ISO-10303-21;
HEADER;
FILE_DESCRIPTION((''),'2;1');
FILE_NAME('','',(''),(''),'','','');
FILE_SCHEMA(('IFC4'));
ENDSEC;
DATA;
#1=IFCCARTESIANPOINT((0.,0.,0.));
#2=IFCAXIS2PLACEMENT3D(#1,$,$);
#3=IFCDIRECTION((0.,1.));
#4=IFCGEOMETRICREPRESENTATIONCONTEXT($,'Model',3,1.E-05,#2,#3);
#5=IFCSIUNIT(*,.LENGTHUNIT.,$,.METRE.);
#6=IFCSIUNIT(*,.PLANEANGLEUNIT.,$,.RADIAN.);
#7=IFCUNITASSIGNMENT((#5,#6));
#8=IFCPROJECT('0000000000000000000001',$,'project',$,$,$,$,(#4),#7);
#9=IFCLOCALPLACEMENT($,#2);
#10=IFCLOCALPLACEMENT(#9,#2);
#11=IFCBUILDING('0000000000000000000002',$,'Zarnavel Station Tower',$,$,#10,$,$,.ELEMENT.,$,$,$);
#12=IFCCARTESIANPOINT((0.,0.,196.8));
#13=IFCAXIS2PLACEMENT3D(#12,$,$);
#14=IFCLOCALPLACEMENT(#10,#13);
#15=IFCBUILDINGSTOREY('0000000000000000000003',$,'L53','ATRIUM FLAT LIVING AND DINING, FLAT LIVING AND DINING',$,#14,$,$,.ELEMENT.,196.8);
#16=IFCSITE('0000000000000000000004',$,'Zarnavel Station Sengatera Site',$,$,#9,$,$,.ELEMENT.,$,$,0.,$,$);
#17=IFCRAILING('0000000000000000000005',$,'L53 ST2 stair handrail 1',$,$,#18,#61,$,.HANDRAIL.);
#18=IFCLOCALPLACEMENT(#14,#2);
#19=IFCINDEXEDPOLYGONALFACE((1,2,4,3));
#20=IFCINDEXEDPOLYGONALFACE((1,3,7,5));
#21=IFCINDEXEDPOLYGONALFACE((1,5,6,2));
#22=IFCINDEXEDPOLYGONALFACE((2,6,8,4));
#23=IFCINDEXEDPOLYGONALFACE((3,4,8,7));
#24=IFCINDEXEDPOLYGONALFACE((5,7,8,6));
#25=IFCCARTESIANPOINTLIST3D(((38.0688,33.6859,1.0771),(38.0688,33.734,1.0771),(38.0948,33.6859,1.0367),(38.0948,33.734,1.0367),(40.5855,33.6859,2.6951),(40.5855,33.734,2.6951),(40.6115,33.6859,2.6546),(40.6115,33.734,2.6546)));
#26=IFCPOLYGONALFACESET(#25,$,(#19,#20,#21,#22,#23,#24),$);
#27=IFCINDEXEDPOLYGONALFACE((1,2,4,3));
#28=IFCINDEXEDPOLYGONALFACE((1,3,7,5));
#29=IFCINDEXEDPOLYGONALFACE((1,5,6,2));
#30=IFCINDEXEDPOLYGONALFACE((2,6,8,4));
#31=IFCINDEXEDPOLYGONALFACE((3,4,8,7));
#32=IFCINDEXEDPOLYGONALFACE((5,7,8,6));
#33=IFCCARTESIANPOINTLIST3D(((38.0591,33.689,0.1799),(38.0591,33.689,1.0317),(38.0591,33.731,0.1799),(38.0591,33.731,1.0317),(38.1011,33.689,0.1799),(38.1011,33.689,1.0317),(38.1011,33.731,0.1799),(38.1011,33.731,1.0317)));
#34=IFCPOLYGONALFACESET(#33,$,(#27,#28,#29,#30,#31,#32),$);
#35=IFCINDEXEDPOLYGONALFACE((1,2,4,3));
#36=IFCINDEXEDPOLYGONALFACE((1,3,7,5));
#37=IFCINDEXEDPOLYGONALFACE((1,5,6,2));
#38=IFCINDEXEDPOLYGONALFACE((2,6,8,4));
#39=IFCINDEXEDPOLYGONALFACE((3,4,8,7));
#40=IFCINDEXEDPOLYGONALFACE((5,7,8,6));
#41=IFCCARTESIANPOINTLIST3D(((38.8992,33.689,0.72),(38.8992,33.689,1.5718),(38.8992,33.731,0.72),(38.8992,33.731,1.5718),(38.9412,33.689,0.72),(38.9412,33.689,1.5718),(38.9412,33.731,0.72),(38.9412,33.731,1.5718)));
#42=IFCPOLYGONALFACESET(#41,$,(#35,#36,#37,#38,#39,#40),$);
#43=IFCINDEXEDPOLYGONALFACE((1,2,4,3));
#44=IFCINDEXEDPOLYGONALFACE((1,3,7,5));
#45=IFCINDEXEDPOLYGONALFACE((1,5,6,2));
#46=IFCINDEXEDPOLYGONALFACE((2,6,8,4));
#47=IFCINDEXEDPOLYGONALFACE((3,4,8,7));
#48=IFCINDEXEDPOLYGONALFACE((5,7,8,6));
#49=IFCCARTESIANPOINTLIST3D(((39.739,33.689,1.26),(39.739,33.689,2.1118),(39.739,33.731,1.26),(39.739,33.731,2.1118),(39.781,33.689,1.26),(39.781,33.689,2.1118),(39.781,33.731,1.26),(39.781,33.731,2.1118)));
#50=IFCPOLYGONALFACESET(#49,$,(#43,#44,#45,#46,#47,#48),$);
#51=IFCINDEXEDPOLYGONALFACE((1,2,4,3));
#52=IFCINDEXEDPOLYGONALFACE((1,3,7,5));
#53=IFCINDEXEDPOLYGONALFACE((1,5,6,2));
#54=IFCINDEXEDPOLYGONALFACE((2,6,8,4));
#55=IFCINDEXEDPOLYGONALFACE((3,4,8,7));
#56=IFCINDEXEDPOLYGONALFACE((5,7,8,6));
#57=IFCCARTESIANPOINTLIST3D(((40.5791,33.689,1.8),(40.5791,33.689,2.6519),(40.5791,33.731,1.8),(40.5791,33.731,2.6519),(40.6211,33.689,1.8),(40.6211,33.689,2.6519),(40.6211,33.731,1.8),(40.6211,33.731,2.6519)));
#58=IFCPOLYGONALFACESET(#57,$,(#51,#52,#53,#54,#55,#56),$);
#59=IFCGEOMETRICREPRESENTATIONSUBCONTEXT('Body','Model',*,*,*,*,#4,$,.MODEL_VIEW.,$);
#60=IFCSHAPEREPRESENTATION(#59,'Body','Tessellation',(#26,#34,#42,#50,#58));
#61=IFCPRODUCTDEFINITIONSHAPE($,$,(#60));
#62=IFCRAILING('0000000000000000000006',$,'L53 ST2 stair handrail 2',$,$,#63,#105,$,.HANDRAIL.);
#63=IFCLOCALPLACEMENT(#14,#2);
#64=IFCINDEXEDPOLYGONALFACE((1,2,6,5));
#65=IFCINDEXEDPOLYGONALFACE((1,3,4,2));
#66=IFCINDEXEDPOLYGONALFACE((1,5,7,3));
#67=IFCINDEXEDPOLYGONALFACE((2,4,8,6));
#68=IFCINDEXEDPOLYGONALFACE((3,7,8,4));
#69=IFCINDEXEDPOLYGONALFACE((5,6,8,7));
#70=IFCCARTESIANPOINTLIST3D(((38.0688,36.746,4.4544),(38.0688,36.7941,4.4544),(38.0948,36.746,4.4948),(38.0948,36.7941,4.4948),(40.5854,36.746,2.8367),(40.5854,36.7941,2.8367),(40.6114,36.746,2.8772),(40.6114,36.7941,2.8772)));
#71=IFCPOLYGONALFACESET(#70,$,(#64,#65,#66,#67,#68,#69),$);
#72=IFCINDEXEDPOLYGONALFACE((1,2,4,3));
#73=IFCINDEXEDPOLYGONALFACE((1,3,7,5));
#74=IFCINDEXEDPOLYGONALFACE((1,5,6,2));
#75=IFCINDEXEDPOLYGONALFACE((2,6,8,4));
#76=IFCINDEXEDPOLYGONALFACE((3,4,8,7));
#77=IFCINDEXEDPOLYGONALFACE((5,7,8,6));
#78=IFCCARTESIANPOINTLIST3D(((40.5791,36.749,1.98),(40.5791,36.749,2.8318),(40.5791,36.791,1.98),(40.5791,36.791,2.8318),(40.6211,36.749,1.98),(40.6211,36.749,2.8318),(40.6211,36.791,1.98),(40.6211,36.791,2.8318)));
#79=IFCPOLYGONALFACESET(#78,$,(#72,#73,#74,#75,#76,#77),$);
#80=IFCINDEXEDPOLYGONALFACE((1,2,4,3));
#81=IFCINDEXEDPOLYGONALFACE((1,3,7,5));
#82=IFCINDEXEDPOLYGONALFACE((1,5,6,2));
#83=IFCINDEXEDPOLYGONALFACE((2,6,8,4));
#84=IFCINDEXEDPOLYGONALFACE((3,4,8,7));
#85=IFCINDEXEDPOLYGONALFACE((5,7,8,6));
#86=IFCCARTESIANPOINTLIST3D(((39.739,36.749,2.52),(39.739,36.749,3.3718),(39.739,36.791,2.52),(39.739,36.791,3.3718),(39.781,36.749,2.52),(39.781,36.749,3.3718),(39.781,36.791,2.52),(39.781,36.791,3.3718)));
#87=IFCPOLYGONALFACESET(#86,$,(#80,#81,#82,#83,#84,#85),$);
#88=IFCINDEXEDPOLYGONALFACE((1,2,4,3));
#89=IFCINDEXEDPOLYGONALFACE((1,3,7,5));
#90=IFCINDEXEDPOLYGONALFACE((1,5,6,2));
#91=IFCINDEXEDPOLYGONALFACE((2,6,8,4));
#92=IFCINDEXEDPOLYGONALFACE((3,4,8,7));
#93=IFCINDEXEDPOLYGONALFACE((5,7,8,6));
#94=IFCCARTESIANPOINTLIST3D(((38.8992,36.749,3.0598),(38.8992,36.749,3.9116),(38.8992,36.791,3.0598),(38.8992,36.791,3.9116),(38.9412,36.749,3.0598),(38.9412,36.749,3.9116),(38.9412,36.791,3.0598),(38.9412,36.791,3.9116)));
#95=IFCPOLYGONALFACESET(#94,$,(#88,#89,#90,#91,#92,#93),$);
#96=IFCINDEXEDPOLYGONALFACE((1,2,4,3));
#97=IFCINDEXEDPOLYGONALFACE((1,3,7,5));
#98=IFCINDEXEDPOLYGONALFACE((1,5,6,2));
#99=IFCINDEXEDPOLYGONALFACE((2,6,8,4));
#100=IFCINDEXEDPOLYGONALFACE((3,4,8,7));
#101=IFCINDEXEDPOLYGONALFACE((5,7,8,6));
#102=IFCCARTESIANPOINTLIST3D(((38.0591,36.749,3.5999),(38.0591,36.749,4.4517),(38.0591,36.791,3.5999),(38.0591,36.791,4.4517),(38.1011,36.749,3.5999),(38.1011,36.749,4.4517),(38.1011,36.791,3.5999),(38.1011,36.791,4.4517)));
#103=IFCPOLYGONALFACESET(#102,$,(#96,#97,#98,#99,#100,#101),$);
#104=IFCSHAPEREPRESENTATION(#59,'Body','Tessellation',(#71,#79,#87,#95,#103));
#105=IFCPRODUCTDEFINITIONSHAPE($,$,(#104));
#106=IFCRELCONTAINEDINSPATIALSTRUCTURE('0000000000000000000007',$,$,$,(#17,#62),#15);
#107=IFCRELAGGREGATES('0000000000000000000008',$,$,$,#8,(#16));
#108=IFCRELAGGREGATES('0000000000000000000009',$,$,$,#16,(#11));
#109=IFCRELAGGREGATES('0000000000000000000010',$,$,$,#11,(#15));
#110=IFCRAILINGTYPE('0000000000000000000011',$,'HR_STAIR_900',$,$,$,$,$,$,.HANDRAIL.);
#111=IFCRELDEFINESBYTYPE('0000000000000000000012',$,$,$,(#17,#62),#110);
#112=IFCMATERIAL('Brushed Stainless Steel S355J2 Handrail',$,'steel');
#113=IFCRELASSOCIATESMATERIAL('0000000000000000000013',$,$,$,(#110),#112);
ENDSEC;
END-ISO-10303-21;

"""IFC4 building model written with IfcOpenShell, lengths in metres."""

from ifc_helpers import new_model, si_unit, direction, frame, origin, origin_2d, place, context, subcontext, project, spatial, rectangle, extrude, material, type_object, element, save


model = new_model("IFC4")

# Units and contexts
model_context = context("Model", 3, precision=1e-05, world=origin(), true_north=direction((0.0, 1.0)))
body_context = subcontext(model_context, "Body", "Model", "MODEL_VIEW")
ifc_project = project(units=[si_unit("LENGTHUNIT", "METRE"), si_unit("PLANEANGLEUNIT", "RADIAN")], contexts=[model_context])

# Site, building, storey
site_placement = place(None, origin())
site = spatial("IfcSite", under=ifc_project, at=site_placement, Name="Zarnavel Station Sengatera Site", CompositionType="ELEMENT", RefElevation=0.0)
building_placement = place(site_placement, origin())
building = spatial("IfcBuilding", under=site, at=building_placement, Name="Zarnavel Station Tower", CompositionType="ELEMENT")
storey_placement = place(building_placement, frame((0.0, 0.0, 196.8)))
storey = spatial("IfcBuildingStorey", under=building, at=storey_placement, Name="L53", Description="ATRIUM FLAT LIVING AND DINING, FLAT LIVING AND DINING", CompositionType="ELEMENT", Elevation=196.8)

# Railings
ifc_material_1 = material(Name="Brushed Stainless Steel S355J2 Handrail", Category="steel")
railing_type_1 = type_object("IfcRailingType", Name="HR_STAIR_900", PredefinedType="HANDRAIL", material=ifc_material_1)
railing_1_placement = place(storey_placement, frame((38.0801, 33.71, 0.1799)))
element("IfcRailing", 1, at=railing_1_placement, inside=storey, type_object=railing_type_1, Name="L53 ST2 stair handrail 1", PredefinedType="HANDRAIL", context=body_context, shape_type="SweptSolid", body=[
    extrude(rectangle(XDim=0.0481, YDim=0.0481, at=origin_2d()), frame((0.0017, 0.0, 0.877), z_axis=(0.841163, 0.0, 0.540782), x_axis=(0.0, 1.0, 0.0)), (0.0, 0.0, 1.0), 2.9919),
    extrude(rectangle(XDim=0.042, YDim=0.042, at=origin_2d()), origin(), (0.0, 0.0, 1.0), 0.8518),
    extrude(rectangle(XDim=0.042, YDim=0.042, at=origin_2d()), frame((0.8401, 0.0, 0.54)), (0.0, 0.0, 1.0), 0.8518),
    extrude(rectangle(XDim=0.042, YDim=0.042, at=origin_2d()), frame((1.6799, 0.0, 1.0801)), (0.0, 0.0, 1.0), 0.8518),
    extrude(rectangle(XDim=0.042, YDim=0.042, at=origin_2d()), frame((2.52, 0.0, 1.6201)), (0.0, 0.0, 1.0), 0.8518),
])
railing_2_placement = place(storey_placement, frame((40.6001, 36.77, 1.98)))
element("IfcRailing", 2, at=railing_2_placement, inside=storey, type_object=railing_type_1, Name="L53 ST2 stair handrail 2", PredefinedType="HANDRAIL", context=body_context, shape_type="SweptSolid", body=[
    extrude(rectangle(XDim=0.0481, YDim=0.0481, at=origin_2d()), frame((-0.0017, 0.0, 0.877), z_axis=(-0.8412, 0.0, 0.540725), x_axis=(0.0, -1.0, 0.0)), (0.0, 0.0, 1.0), 2.9917),
    extrude(rectangle(XDim=0.042, YDim=0.042, at=origin_2d()), origin(), (0.0, 0.0, 1.0), 0.8518),
    extrude(rectangle(XDim=0.042, YDim=0.042, at=origin_2d()), frame((-0.8401, 0.0, 0.54)), (0.0, 0.0, 1.0), 0.8518),
    extrude(rectangle(XDim=0.042, YDim=0.042, at=origin_2d()), frame((-1.6799, 0.0, 1.0798)), (0.0, 0.0, 1.0), 0.8518),
    extrude(rectangle(XDim=0.042, YDim=0.042, at=origin_2d()), frame((-2.52, 0.0, 1.6199)), (0.0, 0.0, 1.0), 0.8518),
])

save(model, "model.ifc")
